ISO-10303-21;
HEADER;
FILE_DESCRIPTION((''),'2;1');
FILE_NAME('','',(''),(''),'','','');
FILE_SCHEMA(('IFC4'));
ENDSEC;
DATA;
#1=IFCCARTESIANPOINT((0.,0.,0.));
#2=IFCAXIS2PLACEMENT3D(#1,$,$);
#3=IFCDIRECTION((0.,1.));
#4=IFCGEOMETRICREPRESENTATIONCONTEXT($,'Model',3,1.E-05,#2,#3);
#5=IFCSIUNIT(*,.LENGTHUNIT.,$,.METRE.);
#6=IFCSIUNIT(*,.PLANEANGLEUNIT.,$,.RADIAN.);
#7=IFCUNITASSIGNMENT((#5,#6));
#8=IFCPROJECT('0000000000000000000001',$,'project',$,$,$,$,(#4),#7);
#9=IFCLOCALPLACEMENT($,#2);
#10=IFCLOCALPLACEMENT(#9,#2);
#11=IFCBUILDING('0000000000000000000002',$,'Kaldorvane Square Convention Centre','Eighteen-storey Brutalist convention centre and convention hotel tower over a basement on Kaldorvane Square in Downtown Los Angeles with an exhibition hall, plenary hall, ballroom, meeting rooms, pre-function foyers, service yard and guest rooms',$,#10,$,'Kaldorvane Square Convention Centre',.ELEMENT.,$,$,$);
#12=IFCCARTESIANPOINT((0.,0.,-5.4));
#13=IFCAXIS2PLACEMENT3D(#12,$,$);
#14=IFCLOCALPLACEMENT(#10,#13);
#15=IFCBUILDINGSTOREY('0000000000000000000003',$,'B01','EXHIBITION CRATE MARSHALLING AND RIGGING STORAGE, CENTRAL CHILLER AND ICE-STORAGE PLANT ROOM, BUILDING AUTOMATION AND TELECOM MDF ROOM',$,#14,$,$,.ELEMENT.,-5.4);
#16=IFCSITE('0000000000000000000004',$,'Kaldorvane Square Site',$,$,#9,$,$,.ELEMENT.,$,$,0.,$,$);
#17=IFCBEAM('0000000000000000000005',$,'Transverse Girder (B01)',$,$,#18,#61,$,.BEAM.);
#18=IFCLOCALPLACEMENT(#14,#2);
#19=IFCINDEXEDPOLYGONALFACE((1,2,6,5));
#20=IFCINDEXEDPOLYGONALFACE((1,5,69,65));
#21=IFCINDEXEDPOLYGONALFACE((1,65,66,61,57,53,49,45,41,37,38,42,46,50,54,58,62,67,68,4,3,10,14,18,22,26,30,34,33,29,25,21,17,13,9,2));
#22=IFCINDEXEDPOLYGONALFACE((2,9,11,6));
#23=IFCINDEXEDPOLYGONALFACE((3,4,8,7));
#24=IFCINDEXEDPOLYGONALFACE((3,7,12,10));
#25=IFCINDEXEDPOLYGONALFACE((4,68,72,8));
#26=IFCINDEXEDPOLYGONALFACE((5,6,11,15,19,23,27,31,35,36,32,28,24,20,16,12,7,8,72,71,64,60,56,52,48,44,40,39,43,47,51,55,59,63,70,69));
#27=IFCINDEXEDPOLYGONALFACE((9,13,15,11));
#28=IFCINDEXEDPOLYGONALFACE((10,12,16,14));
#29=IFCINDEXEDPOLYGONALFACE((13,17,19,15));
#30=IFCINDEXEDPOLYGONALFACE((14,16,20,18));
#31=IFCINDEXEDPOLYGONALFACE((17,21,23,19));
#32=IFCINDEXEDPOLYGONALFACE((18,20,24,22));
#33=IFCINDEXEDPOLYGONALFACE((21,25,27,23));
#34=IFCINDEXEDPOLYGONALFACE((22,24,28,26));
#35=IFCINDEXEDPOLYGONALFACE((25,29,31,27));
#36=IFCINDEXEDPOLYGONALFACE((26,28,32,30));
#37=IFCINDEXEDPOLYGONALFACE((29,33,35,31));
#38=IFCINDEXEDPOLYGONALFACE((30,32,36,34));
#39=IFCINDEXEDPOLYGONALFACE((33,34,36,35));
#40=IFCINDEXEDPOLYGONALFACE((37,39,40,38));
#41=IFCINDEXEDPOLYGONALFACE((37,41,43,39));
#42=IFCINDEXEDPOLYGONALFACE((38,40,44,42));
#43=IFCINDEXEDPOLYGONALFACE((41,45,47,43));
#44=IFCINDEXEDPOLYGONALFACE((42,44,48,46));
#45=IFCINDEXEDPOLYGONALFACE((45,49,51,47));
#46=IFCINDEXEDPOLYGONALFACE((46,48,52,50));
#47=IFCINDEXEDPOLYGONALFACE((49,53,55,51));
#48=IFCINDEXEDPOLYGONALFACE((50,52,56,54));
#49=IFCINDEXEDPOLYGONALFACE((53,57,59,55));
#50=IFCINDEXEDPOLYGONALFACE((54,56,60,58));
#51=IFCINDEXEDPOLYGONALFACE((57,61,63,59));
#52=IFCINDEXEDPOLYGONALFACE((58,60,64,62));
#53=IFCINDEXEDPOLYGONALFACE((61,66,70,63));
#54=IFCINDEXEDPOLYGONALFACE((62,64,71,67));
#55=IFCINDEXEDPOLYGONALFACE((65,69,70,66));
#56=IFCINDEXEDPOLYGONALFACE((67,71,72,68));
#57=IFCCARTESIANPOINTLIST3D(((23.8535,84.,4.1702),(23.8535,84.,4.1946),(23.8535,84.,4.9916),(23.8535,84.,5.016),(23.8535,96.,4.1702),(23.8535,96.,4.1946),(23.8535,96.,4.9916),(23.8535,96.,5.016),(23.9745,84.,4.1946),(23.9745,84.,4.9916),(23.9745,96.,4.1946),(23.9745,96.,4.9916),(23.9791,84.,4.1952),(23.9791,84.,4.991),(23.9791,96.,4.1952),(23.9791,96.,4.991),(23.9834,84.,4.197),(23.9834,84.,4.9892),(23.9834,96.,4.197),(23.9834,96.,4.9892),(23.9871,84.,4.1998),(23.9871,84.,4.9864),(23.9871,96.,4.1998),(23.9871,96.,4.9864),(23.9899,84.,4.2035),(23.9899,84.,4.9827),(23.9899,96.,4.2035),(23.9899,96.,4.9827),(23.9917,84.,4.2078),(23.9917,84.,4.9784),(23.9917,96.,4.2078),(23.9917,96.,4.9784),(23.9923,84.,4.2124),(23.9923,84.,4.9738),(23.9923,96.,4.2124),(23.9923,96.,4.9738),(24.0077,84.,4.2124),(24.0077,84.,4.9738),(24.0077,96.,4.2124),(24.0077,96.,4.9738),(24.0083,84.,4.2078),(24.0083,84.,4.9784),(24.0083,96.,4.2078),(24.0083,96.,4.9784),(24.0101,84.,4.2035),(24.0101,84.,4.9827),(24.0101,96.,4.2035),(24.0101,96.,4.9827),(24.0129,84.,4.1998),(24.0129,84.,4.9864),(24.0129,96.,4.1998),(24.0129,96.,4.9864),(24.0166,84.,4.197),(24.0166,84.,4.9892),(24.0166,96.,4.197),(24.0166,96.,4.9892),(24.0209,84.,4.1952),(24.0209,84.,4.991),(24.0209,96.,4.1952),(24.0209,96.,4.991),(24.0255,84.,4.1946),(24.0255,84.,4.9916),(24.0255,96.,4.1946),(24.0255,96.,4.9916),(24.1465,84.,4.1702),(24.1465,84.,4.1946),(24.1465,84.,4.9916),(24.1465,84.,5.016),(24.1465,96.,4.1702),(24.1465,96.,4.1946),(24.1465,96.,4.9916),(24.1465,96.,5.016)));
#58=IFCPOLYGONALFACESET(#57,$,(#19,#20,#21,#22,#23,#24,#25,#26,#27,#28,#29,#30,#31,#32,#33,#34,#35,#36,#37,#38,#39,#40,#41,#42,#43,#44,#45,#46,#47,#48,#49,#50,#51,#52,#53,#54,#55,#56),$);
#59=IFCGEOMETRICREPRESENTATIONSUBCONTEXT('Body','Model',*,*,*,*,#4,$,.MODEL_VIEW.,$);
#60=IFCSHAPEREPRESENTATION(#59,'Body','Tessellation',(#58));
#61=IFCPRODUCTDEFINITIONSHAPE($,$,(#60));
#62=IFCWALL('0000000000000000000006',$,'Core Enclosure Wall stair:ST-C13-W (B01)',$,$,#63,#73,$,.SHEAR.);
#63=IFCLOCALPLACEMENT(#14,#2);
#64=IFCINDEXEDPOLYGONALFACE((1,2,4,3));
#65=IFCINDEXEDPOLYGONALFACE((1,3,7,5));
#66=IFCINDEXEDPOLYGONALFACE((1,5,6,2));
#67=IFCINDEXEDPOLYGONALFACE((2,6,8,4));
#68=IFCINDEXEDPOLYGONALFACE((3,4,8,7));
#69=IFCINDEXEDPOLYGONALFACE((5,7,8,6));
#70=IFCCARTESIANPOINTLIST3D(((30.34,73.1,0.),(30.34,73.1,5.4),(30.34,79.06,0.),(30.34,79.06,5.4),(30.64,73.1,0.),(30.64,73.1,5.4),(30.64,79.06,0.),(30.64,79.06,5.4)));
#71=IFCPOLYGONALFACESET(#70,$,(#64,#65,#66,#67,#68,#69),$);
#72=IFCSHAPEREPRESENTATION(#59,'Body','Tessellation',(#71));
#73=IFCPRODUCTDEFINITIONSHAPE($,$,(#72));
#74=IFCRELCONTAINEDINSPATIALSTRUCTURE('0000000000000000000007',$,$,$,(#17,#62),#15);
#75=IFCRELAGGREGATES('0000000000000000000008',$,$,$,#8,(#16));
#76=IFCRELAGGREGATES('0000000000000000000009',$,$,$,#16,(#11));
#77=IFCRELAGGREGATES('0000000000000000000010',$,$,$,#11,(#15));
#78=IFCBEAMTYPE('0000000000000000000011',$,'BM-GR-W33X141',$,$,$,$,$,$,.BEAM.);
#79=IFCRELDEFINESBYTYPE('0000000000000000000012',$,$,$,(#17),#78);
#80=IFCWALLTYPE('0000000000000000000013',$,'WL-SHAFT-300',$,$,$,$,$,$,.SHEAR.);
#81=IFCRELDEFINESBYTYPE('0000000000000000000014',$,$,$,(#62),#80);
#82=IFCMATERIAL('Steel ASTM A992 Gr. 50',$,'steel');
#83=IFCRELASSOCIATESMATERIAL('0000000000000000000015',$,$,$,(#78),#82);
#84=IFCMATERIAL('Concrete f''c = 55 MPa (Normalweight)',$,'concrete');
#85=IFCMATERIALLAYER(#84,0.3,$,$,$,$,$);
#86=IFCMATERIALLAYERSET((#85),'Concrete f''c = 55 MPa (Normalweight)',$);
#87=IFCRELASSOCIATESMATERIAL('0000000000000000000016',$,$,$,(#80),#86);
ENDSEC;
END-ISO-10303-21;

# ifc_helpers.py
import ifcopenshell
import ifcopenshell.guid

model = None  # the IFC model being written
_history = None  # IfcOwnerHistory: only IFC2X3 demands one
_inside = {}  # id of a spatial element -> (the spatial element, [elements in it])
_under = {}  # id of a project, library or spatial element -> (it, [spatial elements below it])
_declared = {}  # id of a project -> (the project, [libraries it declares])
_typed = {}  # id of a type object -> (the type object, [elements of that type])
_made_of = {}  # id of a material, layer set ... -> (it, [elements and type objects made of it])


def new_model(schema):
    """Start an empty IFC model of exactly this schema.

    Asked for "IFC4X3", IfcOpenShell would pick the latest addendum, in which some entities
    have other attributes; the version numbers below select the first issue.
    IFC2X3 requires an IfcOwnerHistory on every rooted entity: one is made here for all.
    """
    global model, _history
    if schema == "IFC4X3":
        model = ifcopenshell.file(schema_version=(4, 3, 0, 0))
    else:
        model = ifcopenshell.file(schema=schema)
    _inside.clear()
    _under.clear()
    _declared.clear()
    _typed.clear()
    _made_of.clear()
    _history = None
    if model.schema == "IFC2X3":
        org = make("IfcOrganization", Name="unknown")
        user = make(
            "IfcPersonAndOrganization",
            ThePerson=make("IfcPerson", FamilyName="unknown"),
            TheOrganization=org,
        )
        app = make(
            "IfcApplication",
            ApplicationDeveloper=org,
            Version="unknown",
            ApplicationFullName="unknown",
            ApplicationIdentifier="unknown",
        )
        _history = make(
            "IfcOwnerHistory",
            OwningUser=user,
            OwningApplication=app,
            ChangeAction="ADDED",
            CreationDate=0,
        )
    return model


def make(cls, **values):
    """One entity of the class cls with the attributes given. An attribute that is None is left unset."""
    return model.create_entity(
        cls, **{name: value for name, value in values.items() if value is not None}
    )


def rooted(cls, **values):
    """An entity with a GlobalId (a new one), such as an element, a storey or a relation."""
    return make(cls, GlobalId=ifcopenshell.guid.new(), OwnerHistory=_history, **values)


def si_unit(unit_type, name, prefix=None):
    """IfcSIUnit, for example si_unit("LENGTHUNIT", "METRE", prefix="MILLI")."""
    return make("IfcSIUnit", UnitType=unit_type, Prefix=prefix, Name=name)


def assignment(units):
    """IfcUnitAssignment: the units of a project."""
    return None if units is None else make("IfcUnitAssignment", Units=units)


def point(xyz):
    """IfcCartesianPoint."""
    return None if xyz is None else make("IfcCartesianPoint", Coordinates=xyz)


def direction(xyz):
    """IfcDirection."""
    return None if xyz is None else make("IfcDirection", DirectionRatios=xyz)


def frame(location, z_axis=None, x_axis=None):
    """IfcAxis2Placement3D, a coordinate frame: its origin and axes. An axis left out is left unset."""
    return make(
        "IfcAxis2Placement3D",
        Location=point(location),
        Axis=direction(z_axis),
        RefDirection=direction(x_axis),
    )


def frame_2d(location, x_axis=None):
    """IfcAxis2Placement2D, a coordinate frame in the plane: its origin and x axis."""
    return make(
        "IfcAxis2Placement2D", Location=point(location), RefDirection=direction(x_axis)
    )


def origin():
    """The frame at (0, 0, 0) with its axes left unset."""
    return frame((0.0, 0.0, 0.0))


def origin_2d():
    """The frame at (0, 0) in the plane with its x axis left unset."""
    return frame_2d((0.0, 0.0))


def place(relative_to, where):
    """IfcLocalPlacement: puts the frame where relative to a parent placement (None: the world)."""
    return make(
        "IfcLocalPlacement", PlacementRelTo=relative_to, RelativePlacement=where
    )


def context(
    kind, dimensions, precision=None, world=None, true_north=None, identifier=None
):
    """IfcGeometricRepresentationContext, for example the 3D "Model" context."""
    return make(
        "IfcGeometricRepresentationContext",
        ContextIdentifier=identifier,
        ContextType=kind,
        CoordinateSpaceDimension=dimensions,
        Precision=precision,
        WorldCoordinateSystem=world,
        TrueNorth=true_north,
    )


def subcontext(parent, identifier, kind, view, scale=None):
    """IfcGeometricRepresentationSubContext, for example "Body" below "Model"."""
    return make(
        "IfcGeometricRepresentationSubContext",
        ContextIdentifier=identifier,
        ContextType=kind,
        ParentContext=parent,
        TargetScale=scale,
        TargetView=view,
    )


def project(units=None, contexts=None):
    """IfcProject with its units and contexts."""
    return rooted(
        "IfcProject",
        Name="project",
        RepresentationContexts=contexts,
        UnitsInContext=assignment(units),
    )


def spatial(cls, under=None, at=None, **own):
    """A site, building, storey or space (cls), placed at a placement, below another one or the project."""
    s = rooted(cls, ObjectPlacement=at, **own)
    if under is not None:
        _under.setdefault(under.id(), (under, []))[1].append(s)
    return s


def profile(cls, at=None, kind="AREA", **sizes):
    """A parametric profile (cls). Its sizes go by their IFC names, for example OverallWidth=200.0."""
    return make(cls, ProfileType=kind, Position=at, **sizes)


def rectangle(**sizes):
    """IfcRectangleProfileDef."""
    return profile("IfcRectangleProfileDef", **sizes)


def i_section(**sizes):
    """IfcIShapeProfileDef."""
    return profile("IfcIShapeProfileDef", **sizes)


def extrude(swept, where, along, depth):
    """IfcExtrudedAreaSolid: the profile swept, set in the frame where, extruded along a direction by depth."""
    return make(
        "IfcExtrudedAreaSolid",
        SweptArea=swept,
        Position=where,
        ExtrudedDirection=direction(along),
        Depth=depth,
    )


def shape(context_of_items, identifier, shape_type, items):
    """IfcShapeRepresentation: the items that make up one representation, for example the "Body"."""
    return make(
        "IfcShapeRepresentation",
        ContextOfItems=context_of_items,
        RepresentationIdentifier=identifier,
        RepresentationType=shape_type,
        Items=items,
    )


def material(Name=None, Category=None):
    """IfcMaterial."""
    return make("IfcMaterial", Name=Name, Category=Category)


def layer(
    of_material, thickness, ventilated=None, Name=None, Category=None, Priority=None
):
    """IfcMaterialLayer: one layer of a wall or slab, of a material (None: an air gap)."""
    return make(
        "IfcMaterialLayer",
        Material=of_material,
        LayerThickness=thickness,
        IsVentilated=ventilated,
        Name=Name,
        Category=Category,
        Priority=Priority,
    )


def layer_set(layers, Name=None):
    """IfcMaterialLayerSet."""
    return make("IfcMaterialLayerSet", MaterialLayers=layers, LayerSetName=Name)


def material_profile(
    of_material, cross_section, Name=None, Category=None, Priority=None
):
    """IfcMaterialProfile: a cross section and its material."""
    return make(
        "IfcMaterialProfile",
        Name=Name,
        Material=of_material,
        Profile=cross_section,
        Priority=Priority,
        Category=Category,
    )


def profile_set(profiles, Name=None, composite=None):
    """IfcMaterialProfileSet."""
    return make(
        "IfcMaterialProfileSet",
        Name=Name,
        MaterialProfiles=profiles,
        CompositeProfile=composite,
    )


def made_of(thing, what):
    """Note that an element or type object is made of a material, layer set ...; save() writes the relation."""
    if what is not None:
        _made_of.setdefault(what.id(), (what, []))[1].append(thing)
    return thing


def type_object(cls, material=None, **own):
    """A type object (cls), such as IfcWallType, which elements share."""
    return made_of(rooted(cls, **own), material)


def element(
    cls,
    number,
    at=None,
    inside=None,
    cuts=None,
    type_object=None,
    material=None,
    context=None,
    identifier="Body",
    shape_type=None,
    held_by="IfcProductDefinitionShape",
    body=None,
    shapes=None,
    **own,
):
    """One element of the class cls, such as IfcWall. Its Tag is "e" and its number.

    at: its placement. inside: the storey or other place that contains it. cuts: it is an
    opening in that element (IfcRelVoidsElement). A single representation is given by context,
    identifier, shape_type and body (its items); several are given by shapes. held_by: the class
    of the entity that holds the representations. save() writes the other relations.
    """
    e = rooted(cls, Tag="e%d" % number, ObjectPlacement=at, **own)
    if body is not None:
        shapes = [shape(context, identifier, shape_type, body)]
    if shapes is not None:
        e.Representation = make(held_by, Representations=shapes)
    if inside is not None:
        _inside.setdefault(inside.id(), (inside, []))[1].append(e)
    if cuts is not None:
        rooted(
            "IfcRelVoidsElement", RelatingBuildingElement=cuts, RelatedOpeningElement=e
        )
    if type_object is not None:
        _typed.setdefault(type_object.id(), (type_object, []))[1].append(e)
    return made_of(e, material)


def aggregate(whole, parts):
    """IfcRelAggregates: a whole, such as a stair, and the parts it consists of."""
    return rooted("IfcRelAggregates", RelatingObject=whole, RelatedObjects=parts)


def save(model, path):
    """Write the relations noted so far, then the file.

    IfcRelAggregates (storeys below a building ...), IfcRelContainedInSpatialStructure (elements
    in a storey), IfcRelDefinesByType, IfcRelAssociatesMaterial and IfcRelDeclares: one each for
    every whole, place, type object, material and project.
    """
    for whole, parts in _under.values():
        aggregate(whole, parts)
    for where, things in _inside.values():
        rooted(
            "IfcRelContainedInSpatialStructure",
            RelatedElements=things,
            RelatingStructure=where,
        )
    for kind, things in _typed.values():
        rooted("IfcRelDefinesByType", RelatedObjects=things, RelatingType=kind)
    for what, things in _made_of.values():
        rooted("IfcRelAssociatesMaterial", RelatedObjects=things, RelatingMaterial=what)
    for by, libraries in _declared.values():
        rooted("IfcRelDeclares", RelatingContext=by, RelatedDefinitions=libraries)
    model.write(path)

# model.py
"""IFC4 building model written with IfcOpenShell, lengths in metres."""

from ifc_helpers import new_model, si_unit, direction, frame, frame_2d, origin, origin_2d, place, context, subcontext, project, spatial, rectangle, i_section, extrude, material, layer, layer_set, material_profile, profile_set, type_object, element, save


model = new_model("IFC4")

# Units and contexts
model_context = context("Model", 3, precision=1e-05, world=origin(), true_north=direction((0.0, 1.0)))
body_context = subcontext(model_context, "Body", "Model", "MODEL_VIEW")
ifc_project = project(units=[si_unit("LENGTHUNIT", "METRE"), si_unit("PLANEANGLEUNIT", "RADIAN")], contexts=[model_context])

# Site, building, storey
site_placement = place(None, origin())
site = spatial("IfcSite", under=ifc_project, at=site_placement, Name="Kaldorvane Square Site", CompositionType="ELEMENT", RefElevation=0.0)
building_placement = place(site_placement, origin())
building = spatial("IfcBuilding", under=site, at=building_placement, Name="Kaldorvane Square Convention Centre", Description="Eighteen-storey Brutalist convention centre and convention hotel tower over a basement on Kaldorvane Square in Downtown Los Angeles with an exhibition hall, plenary hall, ballroom, meeting rooms, pre-function foyers, service yard and guest rooms", LongName="Kaldorvane Square Convention Centre", CompositionType="ELEMENT")
storey_placement = place(building_placement, frame((0.0, 0.0, -5.4)))
storey = spatial("IfcBuildingStorey", under=building, at=storey_placement, Name="B01", Description="EXHIBITION CRATE MARSHALLING AND RIGGING STORAGE, CENTRAL CHILLER AND ICE-STORAGE PLANT ROOM, BUILDING AUTOMATION AND TELECOM MDF ROOM", CompositionType="ELEMENT", Elevation=-5.4)

# Shared definitions
ifc_material_1 = material(Name="Concrete f'c = 55 MPa (Normalweight)", Category="concrete")
ifc_material_2 = material(Name="Steel ASTM A992 Gr. 50", Category="steel")

# Beam
ifc_material_profile_1 = material_profile(ifc_material_2, i_section(OverallWidth=0.293, OverallDepth=0.8458, WebThickness=0.0154, FlangeThickness=0.0244, FilletRadius=0.0178, at=origin_2d()), Name="W33X141")
ifc_profile_set_1 = profile_set([ifc_material_profile_1], Name="Steel ASTM A992 Gr. 50")
beam_type_1 = type_object("IfcBeamType", Name="BM-GR-W33X141", PredefinedType="BEAM", material=ifc_profile_set_1)
beam_1_placement = place(storey_placement, frame((24.0, 84.0, 4.5931), z_axis=(0.0, 1.0, 0.0), x_axis=(-1.0, 0.0, 0.0)))
element("IfcBeam", 1, at=beam_1_placement, inside=storey, type_object=beam_type_1, Name="Transverse Girder (B01)", PredefinedType="BEAM", context=body_context, shape_type="SweptSolid", body=[
    extrude(i_section(OverallWidth=0.293, OverallDepth=0.8458, WebThickness=0.0154, FlangeThickness=0.0244, FilletRadius=0.0178, at=origin_2d()), origin(), (0.0, 0.0, 1.0), 12.0),
])

# Wall
ifc_layer = layer(ifc_material_1, 0.3)
ifc_layer_set = layer_set([ifc_layer], Name="Concrete f'c = 55 MPa (Normalweight)")
wall_type = type_object("IfcWallType", Name="WL-SHAFT-300", PredefinedType="SHEAR", material=ifc_layer_set)
wall_placement = place(storey_placement, frame((30.49, 79.06, 0.0), z_axis=(0.0, 0.0, 1.0), x_axis=(0.0, -1.0, 0.0)))
element("IfcWall", 2, at=wall_placement, inside=storey, type_object=wall_type, Name="Core Enclosure Wall stair:ST-C13-W (B01)", PredefinedType="SHEAR", context=body_context, shape_type="SweptSolid", body=[
    extrude(rectangle(XDim=5.96, YDim=0.3, at=frame_2d((2.98, 0.0))), origin(), (0.0, 0.0, 1.0), 5.4),
])

save(model, "model.ifc")
